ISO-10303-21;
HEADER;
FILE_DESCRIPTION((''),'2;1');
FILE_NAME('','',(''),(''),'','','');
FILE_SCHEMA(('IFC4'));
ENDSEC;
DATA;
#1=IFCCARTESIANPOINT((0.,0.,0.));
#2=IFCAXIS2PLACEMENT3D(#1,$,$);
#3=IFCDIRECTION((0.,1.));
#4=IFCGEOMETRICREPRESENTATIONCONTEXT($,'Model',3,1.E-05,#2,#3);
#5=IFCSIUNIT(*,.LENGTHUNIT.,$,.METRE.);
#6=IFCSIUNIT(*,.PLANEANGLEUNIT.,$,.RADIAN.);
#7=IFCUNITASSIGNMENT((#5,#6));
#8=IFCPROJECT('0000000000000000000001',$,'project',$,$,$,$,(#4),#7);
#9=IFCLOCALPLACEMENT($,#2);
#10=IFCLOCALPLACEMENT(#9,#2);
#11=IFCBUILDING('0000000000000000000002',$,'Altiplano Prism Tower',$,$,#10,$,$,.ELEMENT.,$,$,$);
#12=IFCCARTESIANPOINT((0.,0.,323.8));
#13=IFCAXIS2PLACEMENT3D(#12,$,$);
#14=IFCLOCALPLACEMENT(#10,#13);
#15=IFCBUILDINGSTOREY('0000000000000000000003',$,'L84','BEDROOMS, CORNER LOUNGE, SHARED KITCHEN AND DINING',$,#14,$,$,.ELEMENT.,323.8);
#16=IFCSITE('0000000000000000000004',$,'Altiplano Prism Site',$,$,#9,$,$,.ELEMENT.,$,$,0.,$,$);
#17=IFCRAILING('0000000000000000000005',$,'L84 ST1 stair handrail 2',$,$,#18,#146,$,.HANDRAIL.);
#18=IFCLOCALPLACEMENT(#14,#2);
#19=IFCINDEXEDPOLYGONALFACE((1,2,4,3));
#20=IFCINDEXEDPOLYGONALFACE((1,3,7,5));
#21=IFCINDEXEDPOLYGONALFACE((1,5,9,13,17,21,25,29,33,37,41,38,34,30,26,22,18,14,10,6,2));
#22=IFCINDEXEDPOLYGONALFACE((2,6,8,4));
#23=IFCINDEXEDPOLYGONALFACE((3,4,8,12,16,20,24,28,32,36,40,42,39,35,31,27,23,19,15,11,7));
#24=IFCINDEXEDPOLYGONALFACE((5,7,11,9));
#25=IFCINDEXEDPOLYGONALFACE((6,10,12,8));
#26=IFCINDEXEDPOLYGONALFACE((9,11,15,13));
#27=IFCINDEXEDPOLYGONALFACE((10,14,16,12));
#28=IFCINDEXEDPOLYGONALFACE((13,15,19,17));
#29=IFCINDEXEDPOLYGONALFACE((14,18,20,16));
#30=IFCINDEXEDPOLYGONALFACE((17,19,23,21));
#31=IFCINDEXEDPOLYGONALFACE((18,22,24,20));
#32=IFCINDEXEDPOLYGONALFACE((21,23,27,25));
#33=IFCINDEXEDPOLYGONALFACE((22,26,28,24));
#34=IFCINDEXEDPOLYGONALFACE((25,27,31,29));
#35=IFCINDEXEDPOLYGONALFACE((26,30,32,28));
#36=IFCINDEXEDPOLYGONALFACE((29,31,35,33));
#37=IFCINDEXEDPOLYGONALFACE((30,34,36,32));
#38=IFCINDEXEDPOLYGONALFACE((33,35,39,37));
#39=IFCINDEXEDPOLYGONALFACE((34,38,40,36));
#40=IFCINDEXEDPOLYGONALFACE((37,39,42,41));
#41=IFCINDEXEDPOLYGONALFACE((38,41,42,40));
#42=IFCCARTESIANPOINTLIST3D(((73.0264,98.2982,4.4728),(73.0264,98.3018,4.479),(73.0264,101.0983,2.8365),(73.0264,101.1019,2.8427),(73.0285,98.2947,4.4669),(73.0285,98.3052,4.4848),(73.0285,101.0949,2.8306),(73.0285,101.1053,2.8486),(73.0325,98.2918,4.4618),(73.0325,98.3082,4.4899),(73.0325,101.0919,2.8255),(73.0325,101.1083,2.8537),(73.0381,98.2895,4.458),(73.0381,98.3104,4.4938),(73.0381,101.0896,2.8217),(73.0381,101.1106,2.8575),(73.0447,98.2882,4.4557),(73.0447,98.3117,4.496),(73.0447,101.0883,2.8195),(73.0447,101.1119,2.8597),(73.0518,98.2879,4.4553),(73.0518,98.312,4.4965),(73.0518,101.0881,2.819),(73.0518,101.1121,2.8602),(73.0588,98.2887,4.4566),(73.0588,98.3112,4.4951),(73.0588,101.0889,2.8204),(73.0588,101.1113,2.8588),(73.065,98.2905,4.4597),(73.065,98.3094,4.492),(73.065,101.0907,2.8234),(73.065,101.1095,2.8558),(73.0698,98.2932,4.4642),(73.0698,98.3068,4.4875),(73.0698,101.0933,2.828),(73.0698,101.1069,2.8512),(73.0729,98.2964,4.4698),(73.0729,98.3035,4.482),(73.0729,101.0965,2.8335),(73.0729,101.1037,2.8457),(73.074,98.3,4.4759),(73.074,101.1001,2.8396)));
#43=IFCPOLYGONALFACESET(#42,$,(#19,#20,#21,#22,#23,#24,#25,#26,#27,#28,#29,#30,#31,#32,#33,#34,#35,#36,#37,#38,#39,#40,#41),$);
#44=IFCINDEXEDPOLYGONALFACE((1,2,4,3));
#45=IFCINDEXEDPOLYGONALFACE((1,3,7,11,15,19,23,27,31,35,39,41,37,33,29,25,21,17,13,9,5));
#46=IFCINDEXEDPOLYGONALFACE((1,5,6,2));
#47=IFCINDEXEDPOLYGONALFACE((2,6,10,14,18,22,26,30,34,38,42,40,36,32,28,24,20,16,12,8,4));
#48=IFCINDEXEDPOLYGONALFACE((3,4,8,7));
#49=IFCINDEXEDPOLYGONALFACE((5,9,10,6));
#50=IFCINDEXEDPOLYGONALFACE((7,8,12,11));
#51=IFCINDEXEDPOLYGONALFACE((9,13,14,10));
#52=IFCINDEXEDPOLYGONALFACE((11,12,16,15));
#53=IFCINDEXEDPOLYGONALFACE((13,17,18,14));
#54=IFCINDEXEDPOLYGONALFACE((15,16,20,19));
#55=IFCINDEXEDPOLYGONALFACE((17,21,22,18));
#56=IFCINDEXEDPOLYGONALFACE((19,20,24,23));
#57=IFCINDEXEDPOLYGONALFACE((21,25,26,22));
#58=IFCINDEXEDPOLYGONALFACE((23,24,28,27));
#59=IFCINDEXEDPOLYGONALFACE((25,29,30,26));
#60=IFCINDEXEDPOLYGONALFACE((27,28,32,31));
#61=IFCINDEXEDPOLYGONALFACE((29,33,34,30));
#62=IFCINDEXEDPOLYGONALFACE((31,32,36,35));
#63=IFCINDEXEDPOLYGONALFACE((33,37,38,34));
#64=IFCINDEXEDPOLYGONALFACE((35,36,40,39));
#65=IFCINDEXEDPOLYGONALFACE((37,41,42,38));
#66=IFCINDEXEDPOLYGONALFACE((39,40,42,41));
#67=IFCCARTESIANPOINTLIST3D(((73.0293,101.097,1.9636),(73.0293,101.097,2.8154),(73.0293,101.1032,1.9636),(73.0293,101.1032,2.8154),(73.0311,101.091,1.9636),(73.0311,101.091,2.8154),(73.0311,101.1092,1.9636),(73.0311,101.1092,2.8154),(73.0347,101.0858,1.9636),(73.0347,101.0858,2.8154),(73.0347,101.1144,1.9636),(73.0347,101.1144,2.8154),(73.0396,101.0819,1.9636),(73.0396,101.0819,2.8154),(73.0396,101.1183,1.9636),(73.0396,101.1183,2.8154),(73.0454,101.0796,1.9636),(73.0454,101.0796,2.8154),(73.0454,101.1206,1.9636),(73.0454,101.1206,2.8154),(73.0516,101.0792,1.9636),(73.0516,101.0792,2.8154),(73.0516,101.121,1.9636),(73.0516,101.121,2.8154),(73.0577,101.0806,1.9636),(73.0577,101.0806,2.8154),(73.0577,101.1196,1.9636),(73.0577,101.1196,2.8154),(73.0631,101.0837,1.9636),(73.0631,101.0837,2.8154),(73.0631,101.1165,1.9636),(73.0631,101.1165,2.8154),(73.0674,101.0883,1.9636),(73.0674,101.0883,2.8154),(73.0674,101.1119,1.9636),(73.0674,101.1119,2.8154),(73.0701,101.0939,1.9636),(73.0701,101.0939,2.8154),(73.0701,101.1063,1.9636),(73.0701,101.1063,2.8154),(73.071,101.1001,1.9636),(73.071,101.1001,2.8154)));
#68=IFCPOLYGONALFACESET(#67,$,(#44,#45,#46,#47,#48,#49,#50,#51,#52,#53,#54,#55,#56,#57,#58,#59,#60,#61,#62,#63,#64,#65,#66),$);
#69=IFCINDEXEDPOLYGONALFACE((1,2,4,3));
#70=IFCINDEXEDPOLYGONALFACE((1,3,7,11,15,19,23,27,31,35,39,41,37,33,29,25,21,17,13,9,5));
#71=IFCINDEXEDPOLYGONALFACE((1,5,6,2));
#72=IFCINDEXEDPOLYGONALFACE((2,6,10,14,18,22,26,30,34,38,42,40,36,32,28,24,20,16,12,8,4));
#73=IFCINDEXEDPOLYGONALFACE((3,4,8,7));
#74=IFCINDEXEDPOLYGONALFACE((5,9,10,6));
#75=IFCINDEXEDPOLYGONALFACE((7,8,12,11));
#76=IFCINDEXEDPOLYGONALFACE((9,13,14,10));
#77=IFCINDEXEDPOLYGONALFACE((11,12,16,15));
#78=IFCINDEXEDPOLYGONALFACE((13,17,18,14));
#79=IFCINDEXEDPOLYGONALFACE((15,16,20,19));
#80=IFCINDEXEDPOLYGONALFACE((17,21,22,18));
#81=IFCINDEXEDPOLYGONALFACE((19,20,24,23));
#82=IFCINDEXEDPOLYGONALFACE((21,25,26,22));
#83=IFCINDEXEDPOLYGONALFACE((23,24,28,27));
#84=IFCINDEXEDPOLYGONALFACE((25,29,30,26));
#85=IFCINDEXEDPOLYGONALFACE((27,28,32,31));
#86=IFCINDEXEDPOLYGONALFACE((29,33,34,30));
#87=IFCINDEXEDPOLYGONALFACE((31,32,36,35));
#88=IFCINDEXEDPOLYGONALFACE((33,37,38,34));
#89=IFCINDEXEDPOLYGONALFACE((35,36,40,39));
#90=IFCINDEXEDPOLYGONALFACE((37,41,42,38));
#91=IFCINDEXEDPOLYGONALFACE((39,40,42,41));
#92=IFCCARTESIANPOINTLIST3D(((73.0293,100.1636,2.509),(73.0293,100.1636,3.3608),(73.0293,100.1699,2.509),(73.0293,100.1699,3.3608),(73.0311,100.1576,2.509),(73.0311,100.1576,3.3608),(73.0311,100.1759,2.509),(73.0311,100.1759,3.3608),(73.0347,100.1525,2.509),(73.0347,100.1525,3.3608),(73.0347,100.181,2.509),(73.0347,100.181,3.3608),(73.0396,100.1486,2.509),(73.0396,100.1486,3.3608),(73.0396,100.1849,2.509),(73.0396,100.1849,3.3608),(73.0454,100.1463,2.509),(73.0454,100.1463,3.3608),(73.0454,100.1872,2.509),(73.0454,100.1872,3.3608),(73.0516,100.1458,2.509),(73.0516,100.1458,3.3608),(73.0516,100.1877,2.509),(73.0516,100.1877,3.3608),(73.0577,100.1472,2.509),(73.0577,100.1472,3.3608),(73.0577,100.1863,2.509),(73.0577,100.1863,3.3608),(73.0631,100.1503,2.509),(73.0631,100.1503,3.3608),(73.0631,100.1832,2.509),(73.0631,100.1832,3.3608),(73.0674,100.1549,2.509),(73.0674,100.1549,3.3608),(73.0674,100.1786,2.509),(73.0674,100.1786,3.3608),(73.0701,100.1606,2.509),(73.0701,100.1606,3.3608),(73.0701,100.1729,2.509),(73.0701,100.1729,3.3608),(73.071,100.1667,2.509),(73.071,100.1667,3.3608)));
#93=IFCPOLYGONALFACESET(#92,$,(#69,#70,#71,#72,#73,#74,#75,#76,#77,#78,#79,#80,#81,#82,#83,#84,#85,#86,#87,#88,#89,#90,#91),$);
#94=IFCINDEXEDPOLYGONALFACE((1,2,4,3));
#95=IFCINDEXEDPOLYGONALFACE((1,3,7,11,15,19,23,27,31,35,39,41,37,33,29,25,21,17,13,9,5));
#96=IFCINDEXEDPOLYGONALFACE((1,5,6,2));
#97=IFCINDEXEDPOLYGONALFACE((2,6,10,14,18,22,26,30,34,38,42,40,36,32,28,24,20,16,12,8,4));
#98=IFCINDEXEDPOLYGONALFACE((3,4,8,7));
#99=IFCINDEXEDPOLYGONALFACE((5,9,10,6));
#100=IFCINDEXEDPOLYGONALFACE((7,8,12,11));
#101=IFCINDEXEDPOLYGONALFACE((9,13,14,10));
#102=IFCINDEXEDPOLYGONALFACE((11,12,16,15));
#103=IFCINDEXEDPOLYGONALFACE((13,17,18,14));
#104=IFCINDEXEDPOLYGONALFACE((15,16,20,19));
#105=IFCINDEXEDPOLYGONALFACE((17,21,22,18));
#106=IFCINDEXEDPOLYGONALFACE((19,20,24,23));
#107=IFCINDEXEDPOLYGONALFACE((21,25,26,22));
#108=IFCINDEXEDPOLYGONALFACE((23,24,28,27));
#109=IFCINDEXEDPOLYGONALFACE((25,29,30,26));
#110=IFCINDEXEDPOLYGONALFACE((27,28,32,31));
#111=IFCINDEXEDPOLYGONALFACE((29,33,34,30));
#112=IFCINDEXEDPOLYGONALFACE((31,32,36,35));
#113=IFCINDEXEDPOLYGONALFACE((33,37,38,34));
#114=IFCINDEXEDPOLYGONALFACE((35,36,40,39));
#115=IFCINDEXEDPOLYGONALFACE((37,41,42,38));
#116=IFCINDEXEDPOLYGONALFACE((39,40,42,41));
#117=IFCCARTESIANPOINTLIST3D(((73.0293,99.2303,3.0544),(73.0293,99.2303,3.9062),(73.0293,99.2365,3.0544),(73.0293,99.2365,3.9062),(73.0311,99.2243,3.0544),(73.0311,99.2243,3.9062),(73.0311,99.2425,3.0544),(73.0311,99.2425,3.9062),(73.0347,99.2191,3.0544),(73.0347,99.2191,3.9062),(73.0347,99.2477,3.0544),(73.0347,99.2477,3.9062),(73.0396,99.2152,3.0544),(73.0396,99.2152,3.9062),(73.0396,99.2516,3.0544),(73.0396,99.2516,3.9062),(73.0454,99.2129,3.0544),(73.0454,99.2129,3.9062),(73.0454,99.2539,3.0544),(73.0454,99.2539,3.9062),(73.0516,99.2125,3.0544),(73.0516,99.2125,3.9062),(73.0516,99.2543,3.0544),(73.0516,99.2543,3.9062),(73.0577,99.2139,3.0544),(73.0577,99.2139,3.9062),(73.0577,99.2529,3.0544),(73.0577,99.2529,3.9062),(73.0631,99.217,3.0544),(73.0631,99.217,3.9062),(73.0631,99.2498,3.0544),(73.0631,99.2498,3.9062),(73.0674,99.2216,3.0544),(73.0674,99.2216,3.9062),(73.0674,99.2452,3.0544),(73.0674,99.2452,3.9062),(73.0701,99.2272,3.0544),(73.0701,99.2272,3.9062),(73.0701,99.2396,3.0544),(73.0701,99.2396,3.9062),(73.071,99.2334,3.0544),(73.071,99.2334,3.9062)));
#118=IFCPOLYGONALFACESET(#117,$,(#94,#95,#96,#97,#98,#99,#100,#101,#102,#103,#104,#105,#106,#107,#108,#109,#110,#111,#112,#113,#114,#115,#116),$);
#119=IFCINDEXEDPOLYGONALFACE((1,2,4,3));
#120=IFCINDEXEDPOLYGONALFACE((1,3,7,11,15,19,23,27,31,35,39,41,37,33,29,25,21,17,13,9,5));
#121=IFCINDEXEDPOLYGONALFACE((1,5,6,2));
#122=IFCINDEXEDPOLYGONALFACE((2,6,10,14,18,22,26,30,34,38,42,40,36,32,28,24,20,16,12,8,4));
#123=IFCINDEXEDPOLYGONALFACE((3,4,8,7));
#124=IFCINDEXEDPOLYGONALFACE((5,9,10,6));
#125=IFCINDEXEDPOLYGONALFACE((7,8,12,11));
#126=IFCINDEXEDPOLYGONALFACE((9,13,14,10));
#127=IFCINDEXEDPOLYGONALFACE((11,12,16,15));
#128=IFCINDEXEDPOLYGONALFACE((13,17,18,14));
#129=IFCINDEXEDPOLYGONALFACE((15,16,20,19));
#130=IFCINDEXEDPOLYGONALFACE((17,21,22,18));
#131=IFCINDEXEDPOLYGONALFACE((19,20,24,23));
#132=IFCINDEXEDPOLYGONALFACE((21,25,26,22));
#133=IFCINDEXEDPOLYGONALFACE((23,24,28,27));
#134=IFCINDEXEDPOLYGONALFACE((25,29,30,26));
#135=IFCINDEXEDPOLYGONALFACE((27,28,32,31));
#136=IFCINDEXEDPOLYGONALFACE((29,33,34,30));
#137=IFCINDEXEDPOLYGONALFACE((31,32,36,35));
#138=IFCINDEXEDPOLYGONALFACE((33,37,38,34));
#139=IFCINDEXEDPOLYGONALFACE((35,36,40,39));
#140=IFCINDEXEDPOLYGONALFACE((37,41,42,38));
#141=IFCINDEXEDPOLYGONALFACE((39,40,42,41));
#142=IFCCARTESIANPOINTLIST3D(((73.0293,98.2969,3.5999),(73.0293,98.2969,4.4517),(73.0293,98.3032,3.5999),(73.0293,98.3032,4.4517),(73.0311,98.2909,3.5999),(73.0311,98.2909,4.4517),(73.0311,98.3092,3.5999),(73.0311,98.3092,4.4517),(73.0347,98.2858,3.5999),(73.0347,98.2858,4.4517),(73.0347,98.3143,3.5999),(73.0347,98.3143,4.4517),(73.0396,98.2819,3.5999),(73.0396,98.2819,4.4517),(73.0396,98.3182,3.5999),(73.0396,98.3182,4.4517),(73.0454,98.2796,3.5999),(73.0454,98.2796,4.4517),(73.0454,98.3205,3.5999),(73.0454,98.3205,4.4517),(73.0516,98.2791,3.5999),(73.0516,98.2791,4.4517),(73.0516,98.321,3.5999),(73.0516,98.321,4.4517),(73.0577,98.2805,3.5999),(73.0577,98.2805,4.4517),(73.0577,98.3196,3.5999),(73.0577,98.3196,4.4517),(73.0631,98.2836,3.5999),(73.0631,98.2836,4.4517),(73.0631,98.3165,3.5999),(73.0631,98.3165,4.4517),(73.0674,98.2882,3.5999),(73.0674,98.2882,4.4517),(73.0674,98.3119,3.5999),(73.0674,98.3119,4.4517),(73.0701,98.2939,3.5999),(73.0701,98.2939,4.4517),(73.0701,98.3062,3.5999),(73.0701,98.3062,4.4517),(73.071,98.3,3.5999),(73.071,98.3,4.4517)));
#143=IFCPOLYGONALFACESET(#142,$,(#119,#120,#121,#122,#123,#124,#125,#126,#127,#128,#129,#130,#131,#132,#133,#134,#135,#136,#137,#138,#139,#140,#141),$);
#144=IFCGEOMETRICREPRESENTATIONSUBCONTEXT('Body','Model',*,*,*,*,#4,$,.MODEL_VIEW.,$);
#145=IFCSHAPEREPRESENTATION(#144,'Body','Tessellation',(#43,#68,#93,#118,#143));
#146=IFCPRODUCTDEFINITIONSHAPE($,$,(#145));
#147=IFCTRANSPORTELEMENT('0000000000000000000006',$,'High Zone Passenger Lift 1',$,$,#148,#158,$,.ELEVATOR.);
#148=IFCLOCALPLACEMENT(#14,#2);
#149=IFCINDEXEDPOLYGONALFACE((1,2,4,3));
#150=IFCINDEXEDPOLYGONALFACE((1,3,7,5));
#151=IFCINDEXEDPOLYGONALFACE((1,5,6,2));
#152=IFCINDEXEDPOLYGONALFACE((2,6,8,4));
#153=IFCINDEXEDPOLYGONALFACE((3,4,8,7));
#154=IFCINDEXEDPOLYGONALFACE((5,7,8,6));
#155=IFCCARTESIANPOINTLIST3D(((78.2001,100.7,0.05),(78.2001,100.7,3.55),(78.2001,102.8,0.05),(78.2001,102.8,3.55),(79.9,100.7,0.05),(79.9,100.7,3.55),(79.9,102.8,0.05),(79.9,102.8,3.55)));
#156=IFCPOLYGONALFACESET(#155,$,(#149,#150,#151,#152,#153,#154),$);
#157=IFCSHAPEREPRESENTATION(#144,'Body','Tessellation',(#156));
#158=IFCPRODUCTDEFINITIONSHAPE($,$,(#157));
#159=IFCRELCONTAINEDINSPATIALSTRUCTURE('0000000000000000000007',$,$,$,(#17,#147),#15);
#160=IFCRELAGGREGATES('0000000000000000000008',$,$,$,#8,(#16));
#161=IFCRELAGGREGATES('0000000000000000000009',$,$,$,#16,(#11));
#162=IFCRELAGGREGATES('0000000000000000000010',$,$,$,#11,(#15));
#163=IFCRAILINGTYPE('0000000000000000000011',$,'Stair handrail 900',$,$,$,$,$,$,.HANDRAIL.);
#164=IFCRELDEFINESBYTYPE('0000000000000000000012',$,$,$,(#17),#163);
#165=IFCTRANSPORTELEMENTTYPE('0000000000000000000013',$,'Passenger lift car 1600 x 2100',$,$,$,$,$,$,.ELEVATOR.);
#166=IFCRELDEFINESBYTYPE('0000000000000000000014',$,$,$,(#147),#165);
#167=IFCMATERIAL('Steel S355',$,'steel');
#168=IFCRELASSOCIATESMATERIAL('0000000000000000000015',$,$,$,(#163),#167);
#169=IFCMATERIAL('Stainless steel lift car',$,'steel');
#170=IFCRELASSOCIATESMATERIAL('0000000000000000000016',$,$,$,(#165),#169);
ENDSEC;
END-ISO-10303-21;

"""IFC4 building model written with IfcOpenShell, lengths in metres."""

from ifc_helpers import new_model, si_unit, direction, frame, origin, origin_2d, place, context, subcontext, project, spatial, rectangle, circle, extrude, material, type_object, element, save


model = new_model("IFC4")

# Units and contexts
model_context = context("Model", 3, precision=1e-05, world=origin(), true_north=direction((0.0, 1.0)))
body_context = subcontext(model_context, "Body", "Model", "MODEL_VIEW")
ifc_project = project(units=[si_unit("LENGTHUNIT", "METRE"), si_unit("PLANEANGLEUNIT", "RADIAN")], contexts=[model_context])

# Site, building, storey
site_placement = place(None, origin())
site = spatial("IfcSite", under=ifc_project, at=site_placement, Name="Altiplano Prism Site", CompositionType="ELEMENT", RefElevation=0.0)
building_placement = place(site_placement, origin())
building = spatial("IfcBuilding", under=site, at=building_placement, Name="Altiplano Prism Tower", CompositionType="ELEMENT")
storey_placement = place(building_placement, frame((0.0, 0.0, 323.8)))
storey = spatial("IfcBuildingStorey", under=building, at=storey_placement, Name="L84", Description="BEDROOMS, CORNER LOUNGE, SHARED KITCHEN AND DINING", CompositionType="ELEMENT", Elevation=323.8)

# Railing
ifc_material_1 = material(Name="Steel S355", Category="steel")
railing_type = type_object("IfcRailingType", Name="Stair handrail 900", PredefinedType="HANDRAIL", material=ifc_material_1)
railing_1_placement = place(storey_placement, frame((73.05, 101.1001, 1.9636)))
element("IfcRailing", 1, at=railing_1_placement, inside=storey, type_object=railing_type, Name="L84 ST1 stair handrail 2", PredefinedType="HANDRAIL", context=body_context, shape_type="SweptSolid", body=[
    extrude(circle(Radius=0.0239, at=origin_2d()), frame((0.0, 0.0, 0.876), z_axis=(0.0, -0.863394, 0.504531), x_axis=(1.0, 0.0, 0.0)), (0.0, 0.0, 1.0), 3.2432),
    extrude(circle(Radius=0.021, at=origin_2d()), origin(), (0.0, 0.0, 1.0), 0.8518),
    extrude(circle(Radius=0.021, at=origin_2d()), frame((0.0, -0.9333, 0.5454)), (0.0, 0.0, 1.0), 0.8518),
    extrude(circle(Radius=0.021, at=origin_2d()), frame((0.0, -1.8667, 1.0908)), (0.0, 0.0, 1.0), 0.8518),
    extrude(circle(Radius=0.021, at=origin_2d()), frame((0.0, -2.8, 1.6362)), (0.0, 0.0, 1.0), 0.8518),
])

# Transport element
ifc_material_2 = material(Name="Stainless steel lift car", Category="steel")
transport_element_type = type_object("IfcTransportElementType", Name="Passenger lift car 1600 x 2100", PredefinedType="ELEVATOR", material=ifc_material_2)
transport_element_placement = place(storey_placement, frame((79.05, 101.75, 0.05), z_axis=(0.0, 0.0, 1.0), x_axis=(1.0, 0.0, 0.0)))
element("IfcTransportElement", 2, at=transport_element_placement, inside=storey, type_object=transport_element_type, Name="High Zone Passenger Lift 1", PredefinedType="ELEVATOR", context=body_context, shape_type="SweptSolid", body=[
    extrude(rectangle(XDim=1.7, YDim=2.1001, at=origin_2d()), origin(), (0.0, 0.0, 1.0), 3.5),
])

save(model, "model.ifc")
